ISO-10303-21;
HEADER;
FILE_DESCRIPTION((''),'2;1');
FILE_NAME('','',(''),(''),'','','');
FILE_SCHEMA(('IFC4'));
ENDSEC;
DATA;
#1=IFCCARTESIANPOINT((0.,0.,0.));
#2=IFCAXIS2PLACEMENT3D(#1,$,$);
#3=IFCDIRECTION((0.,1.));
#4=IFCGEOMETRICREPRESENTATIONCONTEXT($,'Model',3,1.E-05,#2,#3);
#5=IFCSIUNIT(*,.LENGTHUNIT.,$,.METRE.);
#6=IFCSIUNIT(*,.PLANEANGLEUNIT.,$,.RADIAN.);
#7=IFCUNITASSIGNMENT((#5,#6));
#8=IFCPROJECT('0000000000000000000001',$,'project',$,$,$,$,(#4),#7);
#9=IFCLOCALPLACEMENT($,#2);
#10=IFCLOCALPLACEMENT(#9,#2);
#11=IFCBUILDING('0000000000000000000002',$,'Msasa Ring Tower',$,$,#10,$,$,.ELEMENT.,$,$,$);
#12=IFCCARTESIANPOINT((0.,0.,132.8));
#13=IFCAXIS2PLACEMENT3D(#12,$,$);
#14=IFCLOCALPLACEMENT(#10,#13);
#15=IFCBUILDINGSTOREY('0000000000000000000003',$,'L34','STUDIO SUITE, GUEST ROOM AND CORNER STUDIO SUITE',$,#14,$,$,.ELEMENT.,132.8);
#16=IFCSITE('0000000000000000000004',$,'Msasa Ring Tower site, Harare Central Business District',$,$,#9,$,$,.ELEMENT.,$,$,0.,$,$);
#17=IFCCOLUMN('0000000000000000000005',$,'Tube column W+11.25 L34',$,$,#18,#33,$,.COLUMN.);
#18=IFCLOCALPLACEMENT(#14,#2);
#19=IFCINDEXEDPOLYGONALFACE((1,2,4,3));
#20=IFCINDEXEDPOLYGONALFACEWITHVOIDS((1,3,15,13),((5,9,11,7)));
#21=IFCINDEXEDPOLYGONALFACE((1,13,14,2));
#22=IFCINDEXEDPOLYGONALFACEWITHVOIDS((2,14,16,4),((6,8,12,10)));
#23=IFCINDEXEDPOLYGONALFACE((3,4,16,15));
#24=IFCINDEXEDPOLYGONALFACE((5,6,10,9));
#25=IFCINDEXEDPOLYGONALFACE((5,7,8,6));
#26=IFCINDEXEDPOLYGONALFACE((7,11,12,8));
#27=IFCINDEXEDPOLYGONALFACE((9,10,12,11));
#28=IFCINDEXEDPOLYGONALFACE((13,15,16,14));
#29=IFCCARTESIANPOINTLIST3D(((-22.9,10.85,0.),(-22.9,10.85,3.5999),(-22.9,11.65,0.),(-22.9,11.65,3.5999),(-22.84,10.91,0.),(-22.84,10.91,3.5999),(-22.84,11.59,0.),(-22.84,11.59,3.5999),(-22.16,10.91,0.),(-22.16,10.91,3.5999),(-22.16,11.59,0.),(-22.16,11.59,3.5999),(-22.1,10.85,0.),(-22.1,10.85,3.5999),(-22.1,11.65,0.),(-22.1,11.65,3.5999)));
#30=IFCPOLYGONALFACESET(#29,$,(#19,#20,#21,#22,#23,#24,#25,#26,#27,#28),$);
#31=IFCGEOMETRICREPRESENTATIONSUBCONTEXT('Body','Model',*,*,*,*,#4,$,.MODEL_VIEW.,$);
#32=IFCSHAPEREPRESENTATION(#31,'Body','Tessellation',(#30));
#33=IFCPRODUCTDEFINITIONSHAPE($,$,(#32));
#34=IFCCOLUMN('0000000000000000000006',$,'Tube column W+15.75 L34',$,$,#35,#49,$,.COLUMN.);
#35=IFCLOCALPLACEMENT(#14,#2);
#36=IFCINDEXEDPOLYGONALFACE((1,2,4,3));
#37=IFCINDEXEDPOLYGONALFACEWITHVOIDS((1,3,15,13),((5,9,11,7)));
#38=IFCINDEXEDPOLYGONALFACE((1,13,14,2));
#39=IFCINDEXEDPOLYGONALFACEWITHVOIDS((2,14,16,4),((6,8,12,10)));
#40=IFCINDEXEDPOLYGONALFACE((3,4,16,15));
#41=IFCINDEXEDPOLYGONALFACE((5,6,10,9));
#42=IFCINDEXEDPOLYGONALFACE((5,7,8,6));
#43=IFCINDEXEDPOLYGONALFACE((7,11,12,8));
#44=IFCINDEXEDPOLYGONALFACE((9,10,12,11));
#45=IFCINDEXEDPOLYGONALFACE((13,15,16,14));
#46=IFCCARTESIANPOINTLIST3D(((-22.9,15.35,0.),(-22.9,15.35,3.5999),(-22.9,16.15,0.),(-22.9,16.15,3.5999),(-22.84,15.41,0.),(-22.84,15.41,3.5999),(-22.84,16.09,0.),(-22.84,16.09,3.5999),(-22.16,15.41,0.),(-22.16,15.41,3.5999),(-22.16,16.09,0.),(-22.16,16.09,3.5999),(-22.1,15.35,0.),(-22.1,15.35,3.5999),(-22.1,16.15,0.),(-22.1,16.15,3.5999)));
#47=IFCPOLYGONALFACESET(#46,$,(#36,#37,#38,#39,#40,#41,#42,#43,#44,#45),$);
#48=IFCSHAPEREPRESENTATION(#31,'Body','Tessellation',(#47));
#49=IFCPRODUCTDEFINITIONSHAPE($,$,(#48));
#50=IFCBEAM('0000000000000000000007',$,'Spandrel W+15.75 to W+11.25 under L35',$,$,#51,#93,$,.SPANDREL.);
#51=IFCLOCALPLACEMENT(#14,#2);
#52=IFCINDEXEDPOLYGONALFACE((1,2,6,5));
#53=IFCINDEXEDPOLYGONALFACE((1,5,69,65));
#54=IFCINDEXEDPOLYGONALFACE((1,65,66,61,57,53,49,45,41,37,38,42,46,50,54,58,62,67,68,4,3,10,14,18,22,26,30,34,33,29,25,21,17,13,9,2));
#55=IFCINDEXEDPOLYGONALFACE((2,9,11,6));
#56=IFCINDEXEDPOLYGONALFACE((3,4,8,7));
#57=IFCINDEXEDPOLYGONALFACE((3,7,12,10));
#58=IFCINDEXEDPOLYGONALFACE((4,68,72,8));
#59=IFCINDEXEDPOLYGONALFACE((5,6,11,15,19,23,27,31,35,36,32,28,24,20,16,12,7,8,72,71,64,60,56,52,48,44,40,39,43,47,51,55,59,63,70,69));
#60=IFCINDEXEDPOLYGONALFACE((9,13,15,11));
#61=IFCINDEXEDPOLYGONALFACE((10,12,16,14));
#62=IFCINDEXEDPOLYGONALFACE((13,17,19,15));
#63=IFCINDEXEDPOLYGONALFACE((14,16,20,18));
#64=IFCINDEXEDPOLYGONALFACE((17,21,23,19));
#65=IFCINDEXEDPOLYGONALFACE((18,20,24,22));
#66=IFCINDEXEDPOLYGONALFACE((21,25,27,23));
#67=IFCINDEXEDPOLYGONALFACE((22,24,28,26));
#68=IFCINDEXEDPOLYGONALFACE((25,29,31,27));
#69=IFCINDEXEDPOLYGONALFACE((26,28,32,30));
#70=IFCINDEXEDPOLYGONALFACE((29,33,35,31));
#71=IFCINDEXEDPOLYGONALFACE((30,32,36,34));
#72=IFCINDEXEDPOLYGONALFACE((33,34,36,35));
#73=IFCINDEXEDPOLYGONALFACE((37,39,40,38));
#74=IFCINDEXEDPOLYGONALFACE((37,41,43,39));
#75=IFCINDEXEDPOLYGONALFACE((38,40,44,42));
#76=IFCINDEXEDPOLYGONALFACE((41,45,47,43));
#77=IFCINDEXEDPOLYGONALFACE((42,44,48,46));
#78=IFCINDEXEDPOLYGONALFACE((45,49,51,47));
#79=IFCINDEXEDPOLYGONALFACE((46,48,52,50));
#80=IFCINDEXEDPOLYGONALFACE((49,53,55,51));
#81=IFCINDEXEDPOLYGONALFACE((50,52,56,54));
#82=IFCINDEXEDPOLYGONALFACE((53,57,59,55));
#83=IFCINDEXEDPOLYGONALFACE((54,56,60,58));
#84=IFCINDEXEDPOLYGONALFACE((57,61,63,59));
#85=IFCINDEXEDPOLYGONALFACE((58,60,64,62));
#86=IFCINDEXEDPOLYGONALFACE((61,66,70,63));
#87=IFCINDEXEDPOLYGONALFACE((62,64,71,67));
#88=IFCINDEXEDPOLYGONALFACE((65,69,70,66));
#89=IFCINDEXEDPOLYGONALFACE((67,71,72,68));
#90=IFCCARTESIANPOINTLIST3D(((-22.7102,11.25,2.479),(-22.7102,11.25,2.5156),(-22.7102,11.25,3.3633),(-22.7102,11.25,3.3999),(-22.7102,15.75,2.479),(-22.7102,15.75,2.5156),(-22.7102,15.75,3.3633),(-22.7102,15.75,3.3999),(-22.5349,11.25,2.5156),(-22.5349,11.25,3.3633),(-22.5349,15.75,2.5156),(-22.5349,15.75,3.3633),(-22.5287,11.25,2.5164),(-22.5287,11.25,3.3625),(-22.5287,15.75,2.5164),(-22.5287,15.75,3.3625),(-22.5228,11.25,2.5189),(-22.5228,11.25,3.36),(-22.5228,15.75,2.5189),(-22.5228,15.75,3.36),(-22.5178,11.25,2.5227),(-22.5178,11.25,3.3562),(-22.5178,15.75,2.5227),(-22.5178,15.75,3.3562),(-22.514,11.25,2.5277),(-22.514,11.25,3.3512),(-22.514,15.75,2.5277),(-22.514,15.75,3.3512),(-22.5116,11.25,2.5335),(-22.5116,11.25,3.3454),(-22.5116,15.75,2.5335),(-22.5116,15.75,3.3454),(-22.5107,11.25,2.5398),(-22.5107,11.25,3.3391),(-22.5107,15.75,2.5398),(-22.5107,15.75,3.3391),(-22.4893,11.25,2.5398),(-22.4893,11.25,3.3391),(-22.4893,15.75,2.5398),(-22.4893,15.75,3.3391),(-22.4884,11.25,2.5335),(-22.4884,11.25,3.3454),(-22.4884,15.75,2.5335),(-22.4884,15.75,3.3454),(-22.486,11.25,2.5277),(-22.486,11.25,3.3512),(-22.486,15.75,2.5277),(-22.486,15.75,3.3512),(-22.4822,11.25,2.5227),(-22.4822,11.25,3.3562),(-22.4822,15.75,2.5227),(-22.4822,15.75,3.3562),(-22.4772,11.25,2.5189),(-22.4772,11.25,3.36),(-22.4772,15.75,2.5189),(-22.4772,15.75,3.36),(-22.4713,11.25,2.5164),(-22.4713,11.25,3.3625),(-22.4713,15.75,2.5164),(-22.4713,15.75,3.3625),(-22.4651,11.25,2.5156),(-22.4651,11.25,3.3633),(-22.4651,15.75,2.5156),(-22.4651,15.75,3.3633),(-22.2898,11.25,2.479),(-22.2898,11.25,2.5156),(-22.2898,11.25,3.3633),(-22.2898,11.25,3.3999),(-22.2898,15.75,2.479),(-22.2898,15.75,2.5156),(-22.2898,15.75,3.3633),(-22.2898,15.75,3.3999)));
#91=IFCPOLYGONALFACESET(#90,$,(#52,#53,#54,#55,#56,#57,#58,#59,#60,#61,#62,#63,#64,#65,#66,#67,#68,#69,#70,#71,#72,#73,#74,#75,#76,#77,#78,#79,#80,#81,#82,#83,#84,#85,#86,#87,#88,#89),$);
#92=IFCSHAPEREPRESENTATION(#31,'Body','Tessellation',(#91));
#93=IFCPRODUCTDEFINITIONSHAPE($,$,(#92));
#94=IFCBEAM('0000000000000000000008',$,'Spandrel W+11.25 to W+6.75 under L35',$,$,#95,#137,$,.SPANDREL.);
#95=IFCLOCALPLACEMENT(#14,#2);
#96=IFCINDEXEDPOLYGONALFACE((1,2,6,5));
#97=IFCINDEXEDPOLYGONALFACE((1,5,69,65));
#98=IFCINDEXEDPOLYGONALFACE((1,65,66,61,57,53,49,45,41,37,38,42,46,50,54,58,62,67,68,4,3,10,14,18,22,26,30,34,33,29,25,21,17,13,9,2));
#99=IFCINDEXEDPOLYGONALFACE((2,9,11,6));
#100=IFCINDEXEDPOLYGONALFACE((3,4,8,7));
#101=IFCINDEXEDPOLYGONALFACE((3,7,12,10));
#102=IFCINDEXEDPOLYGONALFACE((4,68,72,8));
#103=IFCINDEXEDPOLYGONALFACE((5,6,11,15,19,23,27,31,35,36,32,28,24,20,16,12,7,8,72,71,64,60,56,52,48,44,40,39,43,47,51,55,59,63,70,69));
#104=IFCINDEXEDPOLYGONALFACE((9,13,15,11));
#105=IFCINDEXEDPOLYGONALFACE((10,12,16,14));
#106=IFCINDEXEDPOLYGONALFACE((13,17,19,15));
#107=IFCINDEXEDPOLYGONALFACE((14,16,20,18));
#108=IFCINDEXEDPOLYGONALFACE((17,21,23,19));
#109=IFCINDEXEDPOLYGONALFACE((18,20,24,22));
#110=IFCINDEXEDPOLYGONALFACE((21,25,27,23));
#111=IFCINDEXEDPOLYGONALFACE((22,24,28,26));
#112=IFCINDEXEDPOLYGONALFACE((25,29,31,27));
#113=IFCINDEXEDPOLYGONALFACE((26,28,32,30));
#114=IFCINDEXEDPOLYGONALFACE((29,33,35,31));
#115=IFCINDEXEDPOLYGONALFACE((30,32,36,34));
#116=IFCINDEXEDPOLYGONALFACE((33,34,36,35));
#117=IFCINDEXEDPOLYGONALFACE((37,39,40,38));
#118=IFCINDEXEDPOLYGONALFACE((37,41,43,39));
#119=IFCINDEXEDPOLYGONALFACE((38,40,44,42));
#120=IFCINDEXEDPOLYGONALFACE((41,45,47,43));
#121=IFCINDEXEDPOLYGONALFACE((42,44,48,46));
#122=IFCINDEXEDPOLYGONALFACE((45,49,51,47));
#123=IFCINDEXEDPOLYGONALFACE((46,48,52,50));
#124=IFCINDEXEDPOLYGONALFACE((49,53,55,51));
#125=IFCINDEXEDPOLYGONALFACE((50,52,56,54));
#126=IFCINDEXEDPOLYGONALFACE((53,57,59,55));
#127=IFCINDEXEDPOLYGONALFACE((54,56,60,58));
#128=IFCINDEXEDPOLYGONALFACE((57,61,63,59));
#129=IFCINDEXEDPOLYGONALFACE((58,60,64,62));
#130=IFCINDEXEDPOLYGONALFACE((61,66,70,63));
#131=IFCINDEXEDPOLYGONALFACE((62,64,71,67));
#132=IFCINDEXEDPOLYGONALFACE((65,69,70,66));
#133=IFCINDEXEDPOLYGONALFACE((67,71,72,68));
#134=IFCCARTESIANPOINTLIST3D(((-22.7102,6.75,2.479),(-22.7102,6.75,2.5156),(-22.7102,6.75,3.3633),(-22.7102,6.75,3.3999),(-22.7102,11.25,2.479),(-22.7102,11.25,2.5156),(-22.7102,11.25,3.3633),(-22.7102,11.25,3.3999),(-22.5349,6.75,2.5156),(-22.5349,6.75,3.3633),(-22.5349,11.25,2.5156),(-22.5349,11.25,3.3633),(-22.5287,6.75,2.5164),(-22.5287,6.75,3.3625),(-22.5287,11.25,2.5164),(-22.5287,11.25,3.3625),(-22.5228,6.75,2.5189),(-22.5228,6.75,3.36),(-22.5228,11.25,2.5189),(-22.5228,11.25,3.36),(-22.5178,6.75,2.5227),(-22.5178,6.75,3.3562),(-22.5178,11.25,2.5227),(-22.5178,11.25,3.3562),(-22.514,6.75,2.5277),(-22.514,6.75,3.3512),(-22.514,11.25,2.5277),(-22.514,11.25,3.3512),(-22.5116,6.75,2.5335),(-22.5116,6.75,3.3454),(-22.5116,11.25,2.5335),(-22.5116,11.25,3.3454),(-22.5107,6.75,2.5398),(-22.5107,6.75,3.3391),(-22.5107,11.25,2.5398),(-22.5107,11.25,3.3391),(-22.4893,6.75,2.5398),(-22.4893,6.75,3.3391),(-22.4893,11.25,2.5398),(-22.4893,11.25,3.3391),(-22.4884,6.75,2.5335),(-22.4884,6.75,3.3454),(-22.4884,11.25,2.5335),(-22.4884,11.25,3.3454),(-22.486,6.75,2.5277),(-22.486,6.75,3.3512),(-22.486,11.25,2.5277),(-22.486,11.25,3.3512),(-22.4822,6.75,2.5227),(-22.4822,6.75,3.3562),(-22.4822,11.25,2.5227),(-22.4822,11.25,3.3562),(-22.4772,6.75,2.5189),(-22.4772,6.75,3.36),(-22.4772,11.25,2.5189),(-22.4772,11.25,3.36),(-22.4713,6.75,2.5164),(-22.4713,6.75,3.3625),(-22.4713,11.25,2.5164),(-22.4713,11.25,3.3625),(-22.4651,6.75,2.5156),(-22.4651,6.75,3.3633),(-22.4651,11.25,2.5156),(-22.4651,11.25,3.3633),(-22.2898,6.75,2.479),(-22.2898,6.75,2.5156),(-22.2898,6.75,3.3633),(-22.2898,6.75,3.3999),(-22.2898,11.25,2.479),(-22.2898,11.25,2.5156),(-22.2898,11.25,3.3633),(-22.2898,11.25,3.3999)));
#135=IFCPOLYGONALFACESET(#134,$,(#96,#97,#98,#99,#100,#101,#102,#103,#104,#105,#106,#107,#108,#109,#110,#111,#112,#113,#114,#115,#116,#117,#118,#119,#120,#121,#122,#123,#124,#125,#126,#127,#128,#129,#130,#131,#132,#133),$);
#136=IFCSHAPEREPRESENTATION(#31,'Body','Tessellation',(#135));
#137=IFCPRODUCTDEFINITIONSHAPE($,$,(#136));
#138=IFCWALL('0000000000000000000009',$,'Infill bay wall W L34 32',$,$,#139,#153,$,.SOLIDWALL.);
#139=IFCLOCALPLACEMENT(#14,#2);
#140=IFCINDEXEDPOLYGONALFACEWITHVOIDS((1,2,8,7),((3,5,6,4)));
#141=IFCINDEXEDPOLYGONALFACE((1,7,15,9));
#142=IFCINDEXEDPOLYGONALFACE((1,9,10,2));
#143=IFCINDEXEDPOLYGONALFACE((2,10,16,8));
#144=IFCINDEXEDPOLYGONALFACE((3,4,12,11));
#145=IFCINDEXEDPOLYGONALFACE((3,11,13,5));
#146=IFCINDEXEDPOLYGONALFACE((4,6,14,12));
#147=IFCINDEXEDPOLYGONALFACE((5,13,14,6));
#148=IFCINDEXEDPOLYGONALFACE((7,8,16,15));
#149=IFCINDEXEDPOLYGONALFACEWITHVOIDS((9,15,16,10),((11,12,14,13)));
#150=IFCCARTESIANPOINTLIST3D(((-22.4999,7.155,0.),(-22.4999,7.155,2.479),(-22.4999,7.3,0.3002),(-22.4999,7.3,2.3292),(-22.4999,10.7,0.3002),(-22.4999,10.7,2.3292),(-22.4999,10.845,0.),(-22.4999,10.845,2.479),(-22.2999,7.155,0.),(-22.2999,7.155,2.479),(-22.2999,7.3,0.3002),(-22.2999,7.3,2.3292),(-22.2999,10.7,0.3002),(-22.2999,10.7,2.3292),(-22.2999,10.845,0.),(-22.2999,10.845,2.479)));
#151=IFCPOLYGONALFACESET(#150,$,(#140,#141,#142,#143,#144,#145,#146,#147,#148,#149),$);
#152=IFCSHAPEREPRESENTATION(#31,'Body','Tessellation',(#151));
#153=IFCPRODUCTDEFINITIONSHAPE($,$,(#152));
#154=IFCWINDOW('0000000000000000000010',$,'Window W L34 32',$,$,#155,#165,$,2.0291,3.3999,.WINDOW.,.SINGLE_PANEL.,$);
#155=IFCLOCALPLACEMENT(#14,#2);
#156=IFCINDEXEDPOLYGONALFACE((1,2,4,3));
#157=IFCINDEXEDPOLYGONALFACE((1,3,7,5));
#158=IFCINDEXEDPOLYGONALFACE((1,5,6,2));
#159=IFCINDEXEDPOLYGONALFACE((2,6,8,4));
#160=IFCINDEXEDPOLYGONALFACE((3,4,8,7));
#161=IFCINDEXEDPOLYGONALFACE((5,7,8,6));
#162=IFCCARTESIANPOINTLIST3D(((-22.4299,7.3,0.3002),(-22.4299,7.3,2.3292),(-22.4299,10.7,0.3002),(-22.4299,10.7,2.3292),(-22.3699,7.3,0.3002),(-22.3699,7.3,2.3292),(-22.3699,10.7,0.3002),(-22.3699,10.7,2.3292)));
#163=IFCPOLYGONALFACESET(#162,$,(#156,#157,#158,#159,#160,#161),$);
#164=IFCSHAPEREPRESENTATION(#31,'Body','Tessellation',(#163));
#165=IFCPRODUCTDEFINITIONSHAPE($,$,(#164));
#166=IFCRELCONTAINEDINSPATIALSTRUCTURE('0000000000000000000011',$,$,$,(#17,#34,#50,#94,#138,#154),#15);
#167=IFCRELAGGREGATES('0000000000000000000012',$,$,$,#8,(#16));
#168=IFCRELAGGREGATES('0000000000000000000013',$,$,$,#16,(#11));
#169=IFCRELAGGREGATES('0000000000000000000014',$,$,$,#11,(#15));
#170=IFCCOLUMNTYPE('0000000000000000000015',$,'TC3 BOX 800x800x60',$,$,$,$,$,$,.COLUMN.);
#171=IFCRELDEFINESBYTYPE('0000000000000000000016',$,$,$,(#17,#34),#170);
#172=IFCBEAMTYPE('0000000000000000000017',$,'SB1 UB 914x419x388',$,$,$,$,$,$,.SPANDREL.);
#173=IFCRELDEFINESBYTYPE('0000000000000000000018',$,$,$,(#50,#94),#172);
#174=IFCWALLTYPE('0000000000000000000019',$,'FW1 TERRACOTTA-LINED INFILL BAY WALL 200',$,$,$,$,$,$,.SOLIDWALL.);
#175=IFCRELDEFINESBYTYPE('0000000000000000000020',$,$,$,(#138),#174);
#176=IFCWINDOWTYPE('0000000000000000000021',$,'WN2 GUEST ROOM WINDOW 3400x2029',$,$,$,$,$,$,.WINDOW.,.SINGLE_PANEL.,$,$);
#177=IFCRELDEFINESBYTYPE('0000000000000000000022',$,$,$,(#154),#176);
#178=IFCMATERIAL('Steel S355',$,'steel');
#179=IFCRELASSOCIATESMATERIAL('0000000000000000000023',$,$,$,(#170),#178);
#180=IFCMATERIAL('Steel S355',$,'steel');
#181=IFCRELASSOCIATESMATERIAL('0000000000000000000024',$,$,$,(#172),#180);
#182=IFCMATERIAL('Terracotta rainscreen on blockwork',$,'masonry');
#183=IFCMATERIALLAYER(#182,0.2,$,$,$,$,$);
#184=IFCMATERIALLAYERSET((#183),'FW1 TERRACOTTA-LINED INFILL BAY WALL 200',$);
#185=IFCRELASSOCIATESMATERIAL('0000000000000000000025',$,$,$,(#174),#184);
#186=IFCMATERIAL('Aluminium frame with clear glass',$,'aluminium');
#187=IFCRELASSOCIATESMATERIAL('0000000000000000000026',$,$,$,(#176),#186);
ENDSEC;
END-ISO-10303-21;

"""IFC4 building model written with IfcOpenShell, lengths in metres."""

from ifc_helpers import new_model, si_unit, direction, frame, frame_2d, origin, origin_2d, place, context, subcontext, project, spatial, rectangle, hollow_rectangle, i_section, extrude, material, layer, layer_set, material_profile, profile_set, type_object, element, fill, save


model = new_model("IFC4")

# Units and contexts
model_context = context("Model", 3, precision=1e-05, world=origin(), true_north=direction((0.0, 1.0)))
body_context = subcontext(model_context, "Body", "Model", "MODEL_VIEW")
ifc_project = project(units=[si_unit("LENGTHUNIT", "METRE"), si_unit("PLANEANGLEUNIT", "RADIAN")], contexts=[model_context])

# Site, building, storey
site_placement = place(None, origin())
site = spatial("IfcSite", under=ifc_project, at=site_placement, Name="Msasa Ring Tower site, Harare Central Business District", CompositionType="ELEMENT", RefElevation=0.0)
building_placement = place(site_placement, origin())
building = spatial("IfcBuilding", under=site, at=building_placement, Name="Msasa Ring Tower", CompositionType="ELEMENT")
storey_placement = place(building_placement, frame((0.0, 0.0, 132.8)))
storey = spatial("IfcBuildingStorey", under=building, at=storey_placement, Name="L34", Description="STUDIO SUITE, GUEST ROOM AND CORNER STUDIO SUITE", CompositionType="ELEMENT", Elevation=132.8)

# Columns
ifc_material_1 = material(Name="Steel S355", Category="steel")
ifc_material_profile_1 = material_profile(ifc_material_1, hollow_rectangle(XDim=0.8, YDim=0.8, WallThickness=0.0601, at=origin_2d()), Name="BOX 800x800x60")
ifc_profile_set_1 = profile_set([ifc_material_profile_1], Name="Steel S355")
column_type = type_object("IfcColumnType", Name="TC3 BOX 800x800x60", PredefinedType="COLUMN", material=ifc_profile_set_1)
for number, where, z_axis, x_axis, name in (
    (1, (-22.5, 11.25, 0.0), (0.0, 0.0, 1.0), (1.0, 0.0, 0.0), "Tube column W+11.25 L34"),
    (2, (-22.5, 15.75, 0.0), (0.0, 0.0, 1.0), (1.0, 0.0, 0.0), "Tube column W+15.75 L34"),
):
    element("IfcColumn", number, at=place(storey_placement, frame(where, z_axis=z_axis, x_axis=x_axis)), inside=storey, type_object=column_type, Name=name, PredefinedType="COLUMN", context=body_context, shape_type="SweptSolid", body=[
        extrude(hollow_rectangle(XDim=0.8, YDim=0.8, WallThickness=0.0601, at=origin_2d()), origin(), (0.0, 0.0, 1.0), 3.5999),
    ])

# Beams
ifc_material_2 = material(Name="Steel S355", Category="steel")
ifc_material_profile_2 = material_profile(ifc_material_2, i_section(OverallWidth=0.4204, OverallDepth=0.9209, WebThickness=0.0215, FlangeThickness=0.0366, FilletRadius=0.0242, at=origin_2d()), Name="UB 914x419x388")
ifc_profile_set_2 = profile_set([ifc_material_profile_2], Name="Steel S355")
beam_type = type_object("IfcBeamType", Name="SB1 UB 914x419x388", PredefinedType="SPANDREL", material=ifc_profile_set_2)
for number, where, z_axis, x_axis, name in (
    (3, (-22.5, 15.75, 2.9395), (0.0, -1.0, 0.0), (1.0, 0.0, 0.0), "Spandrel W+15.75 to W+11.25 under L35"),
    (4, (-22.5, 11.25, 2.9395), (0.0, -1.0, 0.0), (1.0, 0.0, 0.0), "Spandrel W+11.25 to W+6.75 under L35"),
):
    element("IfcBeam", number, at=place(storey_placement, frame(where, z_axis=z_axis, x_axis=x_axis)), inside=storey, type_object=beam_type, Name=name, PredefinedType="SPANDREL", context=body_context, shape_type="SweptSolid", body=[
        extrude(i_section(OverallWidth=0.4204, OverallDepth=0.9209, WebThickness=0.0215, FlangeThickness=0.0366, FilletRadius=0.0242, at=origin_2d()), origin(), (0.0, 0.0, 1.0), 4.5),
    ])

# Wall, opening, window
ifc_material_3 = material(Name="Terracotta rainscreen on blockwork", Category="masonry")
ifc_layer_1 = layer(ifc_material_3, 0.2)
ifc_layer_set_1 = layer_set([ifc_layer_1], Name="FW1 TERRACOTTA-LINED INFILL BAY WALL 200")
wall_type_1 = type_object("IfcWallType", Name="FW1 TERRACOTTA-LINED INFILL BAY WALL 200", PredefinedType="SOLIDWALL", material=ifc_layer_set_1)
wall_1_placement = place(storey_placement, frame((-22.3999, 7.155, 0.0), z_axis=(0.0, 0.0, 1.0), x_axis=(0.0, 1.0, 0.0)))
wall_1 = element("IfcWall", 5, at=wall_1_placement, inside=storey, type_object=wall_type_1, Name="Infill bay wall W L34 32", PredefinedType="SOLIDWALL", context=body_context, shape_type="SweptSolid", body=[
    extrude(rectangle(XDim=3.6899, YDim=0.2, at=frame_2d((1.845, 0.0))), origin(), (0.0, 0.0, 1.0), 2.479),
])
opening_1_placement = place(wall_1_placement, frame((0.145, 0.0, 0.3)))
opening_1 = element("IfcOpeningElement", 6, at=opening_1_placement, cuts=wall_1, PredefinedType="OPENING", context=body_context, shape_type="SweptSolid", body=[
    extrude(rectangle(XDim=3.3999, YDim=2.0291, at=frame_2d((1.7, 1.0146))), frame((0.0, 0.1099, 0.0), z_axis=(0.0, -1.0, 0.0), x_axis=(1.0, 0.0, 0.0)), (0.0, 0.0, 1.0), 0.22),
])
ifc_material_4 = material(Name="Aluminium frame with clear glass", Category="aluminium")
window_type = type_object("IfcWindowType", Name="WN2 GUEST ROOM WINDOW 3400x2029", PartitioningType="SINGLE_PANEL", PredefinedType="WINDOW", material=ifc_material_4)
window_1_placement = place(opening_1_placement, origin())
window_1 = element("IfcWindow", 7, at=window_1_placement, inside=storey, type_object=window_type, Name="Window W L34 32", OverallHeight=2.0291, OverallWidth=3.3999, PartitioningType="SINGLE_PANEL", PredefinedType="WINDOW", context=body_context, shape_type="SweptSolid", body=[
    extrude(rectangle(XDim=3.3999, YDim=2.0291, at=frame_2d((1.7, 1.0146))), frame((0.0, 0.03, 0.0), z_axis=(0.0, -1.0, 0.0), x_axis=(1.0, 0.0, 0.0)), (0.0, 0.0, 1.0), 0.0601),
])
fill(opening_1, window_1)

save(model, "model.ifc")
